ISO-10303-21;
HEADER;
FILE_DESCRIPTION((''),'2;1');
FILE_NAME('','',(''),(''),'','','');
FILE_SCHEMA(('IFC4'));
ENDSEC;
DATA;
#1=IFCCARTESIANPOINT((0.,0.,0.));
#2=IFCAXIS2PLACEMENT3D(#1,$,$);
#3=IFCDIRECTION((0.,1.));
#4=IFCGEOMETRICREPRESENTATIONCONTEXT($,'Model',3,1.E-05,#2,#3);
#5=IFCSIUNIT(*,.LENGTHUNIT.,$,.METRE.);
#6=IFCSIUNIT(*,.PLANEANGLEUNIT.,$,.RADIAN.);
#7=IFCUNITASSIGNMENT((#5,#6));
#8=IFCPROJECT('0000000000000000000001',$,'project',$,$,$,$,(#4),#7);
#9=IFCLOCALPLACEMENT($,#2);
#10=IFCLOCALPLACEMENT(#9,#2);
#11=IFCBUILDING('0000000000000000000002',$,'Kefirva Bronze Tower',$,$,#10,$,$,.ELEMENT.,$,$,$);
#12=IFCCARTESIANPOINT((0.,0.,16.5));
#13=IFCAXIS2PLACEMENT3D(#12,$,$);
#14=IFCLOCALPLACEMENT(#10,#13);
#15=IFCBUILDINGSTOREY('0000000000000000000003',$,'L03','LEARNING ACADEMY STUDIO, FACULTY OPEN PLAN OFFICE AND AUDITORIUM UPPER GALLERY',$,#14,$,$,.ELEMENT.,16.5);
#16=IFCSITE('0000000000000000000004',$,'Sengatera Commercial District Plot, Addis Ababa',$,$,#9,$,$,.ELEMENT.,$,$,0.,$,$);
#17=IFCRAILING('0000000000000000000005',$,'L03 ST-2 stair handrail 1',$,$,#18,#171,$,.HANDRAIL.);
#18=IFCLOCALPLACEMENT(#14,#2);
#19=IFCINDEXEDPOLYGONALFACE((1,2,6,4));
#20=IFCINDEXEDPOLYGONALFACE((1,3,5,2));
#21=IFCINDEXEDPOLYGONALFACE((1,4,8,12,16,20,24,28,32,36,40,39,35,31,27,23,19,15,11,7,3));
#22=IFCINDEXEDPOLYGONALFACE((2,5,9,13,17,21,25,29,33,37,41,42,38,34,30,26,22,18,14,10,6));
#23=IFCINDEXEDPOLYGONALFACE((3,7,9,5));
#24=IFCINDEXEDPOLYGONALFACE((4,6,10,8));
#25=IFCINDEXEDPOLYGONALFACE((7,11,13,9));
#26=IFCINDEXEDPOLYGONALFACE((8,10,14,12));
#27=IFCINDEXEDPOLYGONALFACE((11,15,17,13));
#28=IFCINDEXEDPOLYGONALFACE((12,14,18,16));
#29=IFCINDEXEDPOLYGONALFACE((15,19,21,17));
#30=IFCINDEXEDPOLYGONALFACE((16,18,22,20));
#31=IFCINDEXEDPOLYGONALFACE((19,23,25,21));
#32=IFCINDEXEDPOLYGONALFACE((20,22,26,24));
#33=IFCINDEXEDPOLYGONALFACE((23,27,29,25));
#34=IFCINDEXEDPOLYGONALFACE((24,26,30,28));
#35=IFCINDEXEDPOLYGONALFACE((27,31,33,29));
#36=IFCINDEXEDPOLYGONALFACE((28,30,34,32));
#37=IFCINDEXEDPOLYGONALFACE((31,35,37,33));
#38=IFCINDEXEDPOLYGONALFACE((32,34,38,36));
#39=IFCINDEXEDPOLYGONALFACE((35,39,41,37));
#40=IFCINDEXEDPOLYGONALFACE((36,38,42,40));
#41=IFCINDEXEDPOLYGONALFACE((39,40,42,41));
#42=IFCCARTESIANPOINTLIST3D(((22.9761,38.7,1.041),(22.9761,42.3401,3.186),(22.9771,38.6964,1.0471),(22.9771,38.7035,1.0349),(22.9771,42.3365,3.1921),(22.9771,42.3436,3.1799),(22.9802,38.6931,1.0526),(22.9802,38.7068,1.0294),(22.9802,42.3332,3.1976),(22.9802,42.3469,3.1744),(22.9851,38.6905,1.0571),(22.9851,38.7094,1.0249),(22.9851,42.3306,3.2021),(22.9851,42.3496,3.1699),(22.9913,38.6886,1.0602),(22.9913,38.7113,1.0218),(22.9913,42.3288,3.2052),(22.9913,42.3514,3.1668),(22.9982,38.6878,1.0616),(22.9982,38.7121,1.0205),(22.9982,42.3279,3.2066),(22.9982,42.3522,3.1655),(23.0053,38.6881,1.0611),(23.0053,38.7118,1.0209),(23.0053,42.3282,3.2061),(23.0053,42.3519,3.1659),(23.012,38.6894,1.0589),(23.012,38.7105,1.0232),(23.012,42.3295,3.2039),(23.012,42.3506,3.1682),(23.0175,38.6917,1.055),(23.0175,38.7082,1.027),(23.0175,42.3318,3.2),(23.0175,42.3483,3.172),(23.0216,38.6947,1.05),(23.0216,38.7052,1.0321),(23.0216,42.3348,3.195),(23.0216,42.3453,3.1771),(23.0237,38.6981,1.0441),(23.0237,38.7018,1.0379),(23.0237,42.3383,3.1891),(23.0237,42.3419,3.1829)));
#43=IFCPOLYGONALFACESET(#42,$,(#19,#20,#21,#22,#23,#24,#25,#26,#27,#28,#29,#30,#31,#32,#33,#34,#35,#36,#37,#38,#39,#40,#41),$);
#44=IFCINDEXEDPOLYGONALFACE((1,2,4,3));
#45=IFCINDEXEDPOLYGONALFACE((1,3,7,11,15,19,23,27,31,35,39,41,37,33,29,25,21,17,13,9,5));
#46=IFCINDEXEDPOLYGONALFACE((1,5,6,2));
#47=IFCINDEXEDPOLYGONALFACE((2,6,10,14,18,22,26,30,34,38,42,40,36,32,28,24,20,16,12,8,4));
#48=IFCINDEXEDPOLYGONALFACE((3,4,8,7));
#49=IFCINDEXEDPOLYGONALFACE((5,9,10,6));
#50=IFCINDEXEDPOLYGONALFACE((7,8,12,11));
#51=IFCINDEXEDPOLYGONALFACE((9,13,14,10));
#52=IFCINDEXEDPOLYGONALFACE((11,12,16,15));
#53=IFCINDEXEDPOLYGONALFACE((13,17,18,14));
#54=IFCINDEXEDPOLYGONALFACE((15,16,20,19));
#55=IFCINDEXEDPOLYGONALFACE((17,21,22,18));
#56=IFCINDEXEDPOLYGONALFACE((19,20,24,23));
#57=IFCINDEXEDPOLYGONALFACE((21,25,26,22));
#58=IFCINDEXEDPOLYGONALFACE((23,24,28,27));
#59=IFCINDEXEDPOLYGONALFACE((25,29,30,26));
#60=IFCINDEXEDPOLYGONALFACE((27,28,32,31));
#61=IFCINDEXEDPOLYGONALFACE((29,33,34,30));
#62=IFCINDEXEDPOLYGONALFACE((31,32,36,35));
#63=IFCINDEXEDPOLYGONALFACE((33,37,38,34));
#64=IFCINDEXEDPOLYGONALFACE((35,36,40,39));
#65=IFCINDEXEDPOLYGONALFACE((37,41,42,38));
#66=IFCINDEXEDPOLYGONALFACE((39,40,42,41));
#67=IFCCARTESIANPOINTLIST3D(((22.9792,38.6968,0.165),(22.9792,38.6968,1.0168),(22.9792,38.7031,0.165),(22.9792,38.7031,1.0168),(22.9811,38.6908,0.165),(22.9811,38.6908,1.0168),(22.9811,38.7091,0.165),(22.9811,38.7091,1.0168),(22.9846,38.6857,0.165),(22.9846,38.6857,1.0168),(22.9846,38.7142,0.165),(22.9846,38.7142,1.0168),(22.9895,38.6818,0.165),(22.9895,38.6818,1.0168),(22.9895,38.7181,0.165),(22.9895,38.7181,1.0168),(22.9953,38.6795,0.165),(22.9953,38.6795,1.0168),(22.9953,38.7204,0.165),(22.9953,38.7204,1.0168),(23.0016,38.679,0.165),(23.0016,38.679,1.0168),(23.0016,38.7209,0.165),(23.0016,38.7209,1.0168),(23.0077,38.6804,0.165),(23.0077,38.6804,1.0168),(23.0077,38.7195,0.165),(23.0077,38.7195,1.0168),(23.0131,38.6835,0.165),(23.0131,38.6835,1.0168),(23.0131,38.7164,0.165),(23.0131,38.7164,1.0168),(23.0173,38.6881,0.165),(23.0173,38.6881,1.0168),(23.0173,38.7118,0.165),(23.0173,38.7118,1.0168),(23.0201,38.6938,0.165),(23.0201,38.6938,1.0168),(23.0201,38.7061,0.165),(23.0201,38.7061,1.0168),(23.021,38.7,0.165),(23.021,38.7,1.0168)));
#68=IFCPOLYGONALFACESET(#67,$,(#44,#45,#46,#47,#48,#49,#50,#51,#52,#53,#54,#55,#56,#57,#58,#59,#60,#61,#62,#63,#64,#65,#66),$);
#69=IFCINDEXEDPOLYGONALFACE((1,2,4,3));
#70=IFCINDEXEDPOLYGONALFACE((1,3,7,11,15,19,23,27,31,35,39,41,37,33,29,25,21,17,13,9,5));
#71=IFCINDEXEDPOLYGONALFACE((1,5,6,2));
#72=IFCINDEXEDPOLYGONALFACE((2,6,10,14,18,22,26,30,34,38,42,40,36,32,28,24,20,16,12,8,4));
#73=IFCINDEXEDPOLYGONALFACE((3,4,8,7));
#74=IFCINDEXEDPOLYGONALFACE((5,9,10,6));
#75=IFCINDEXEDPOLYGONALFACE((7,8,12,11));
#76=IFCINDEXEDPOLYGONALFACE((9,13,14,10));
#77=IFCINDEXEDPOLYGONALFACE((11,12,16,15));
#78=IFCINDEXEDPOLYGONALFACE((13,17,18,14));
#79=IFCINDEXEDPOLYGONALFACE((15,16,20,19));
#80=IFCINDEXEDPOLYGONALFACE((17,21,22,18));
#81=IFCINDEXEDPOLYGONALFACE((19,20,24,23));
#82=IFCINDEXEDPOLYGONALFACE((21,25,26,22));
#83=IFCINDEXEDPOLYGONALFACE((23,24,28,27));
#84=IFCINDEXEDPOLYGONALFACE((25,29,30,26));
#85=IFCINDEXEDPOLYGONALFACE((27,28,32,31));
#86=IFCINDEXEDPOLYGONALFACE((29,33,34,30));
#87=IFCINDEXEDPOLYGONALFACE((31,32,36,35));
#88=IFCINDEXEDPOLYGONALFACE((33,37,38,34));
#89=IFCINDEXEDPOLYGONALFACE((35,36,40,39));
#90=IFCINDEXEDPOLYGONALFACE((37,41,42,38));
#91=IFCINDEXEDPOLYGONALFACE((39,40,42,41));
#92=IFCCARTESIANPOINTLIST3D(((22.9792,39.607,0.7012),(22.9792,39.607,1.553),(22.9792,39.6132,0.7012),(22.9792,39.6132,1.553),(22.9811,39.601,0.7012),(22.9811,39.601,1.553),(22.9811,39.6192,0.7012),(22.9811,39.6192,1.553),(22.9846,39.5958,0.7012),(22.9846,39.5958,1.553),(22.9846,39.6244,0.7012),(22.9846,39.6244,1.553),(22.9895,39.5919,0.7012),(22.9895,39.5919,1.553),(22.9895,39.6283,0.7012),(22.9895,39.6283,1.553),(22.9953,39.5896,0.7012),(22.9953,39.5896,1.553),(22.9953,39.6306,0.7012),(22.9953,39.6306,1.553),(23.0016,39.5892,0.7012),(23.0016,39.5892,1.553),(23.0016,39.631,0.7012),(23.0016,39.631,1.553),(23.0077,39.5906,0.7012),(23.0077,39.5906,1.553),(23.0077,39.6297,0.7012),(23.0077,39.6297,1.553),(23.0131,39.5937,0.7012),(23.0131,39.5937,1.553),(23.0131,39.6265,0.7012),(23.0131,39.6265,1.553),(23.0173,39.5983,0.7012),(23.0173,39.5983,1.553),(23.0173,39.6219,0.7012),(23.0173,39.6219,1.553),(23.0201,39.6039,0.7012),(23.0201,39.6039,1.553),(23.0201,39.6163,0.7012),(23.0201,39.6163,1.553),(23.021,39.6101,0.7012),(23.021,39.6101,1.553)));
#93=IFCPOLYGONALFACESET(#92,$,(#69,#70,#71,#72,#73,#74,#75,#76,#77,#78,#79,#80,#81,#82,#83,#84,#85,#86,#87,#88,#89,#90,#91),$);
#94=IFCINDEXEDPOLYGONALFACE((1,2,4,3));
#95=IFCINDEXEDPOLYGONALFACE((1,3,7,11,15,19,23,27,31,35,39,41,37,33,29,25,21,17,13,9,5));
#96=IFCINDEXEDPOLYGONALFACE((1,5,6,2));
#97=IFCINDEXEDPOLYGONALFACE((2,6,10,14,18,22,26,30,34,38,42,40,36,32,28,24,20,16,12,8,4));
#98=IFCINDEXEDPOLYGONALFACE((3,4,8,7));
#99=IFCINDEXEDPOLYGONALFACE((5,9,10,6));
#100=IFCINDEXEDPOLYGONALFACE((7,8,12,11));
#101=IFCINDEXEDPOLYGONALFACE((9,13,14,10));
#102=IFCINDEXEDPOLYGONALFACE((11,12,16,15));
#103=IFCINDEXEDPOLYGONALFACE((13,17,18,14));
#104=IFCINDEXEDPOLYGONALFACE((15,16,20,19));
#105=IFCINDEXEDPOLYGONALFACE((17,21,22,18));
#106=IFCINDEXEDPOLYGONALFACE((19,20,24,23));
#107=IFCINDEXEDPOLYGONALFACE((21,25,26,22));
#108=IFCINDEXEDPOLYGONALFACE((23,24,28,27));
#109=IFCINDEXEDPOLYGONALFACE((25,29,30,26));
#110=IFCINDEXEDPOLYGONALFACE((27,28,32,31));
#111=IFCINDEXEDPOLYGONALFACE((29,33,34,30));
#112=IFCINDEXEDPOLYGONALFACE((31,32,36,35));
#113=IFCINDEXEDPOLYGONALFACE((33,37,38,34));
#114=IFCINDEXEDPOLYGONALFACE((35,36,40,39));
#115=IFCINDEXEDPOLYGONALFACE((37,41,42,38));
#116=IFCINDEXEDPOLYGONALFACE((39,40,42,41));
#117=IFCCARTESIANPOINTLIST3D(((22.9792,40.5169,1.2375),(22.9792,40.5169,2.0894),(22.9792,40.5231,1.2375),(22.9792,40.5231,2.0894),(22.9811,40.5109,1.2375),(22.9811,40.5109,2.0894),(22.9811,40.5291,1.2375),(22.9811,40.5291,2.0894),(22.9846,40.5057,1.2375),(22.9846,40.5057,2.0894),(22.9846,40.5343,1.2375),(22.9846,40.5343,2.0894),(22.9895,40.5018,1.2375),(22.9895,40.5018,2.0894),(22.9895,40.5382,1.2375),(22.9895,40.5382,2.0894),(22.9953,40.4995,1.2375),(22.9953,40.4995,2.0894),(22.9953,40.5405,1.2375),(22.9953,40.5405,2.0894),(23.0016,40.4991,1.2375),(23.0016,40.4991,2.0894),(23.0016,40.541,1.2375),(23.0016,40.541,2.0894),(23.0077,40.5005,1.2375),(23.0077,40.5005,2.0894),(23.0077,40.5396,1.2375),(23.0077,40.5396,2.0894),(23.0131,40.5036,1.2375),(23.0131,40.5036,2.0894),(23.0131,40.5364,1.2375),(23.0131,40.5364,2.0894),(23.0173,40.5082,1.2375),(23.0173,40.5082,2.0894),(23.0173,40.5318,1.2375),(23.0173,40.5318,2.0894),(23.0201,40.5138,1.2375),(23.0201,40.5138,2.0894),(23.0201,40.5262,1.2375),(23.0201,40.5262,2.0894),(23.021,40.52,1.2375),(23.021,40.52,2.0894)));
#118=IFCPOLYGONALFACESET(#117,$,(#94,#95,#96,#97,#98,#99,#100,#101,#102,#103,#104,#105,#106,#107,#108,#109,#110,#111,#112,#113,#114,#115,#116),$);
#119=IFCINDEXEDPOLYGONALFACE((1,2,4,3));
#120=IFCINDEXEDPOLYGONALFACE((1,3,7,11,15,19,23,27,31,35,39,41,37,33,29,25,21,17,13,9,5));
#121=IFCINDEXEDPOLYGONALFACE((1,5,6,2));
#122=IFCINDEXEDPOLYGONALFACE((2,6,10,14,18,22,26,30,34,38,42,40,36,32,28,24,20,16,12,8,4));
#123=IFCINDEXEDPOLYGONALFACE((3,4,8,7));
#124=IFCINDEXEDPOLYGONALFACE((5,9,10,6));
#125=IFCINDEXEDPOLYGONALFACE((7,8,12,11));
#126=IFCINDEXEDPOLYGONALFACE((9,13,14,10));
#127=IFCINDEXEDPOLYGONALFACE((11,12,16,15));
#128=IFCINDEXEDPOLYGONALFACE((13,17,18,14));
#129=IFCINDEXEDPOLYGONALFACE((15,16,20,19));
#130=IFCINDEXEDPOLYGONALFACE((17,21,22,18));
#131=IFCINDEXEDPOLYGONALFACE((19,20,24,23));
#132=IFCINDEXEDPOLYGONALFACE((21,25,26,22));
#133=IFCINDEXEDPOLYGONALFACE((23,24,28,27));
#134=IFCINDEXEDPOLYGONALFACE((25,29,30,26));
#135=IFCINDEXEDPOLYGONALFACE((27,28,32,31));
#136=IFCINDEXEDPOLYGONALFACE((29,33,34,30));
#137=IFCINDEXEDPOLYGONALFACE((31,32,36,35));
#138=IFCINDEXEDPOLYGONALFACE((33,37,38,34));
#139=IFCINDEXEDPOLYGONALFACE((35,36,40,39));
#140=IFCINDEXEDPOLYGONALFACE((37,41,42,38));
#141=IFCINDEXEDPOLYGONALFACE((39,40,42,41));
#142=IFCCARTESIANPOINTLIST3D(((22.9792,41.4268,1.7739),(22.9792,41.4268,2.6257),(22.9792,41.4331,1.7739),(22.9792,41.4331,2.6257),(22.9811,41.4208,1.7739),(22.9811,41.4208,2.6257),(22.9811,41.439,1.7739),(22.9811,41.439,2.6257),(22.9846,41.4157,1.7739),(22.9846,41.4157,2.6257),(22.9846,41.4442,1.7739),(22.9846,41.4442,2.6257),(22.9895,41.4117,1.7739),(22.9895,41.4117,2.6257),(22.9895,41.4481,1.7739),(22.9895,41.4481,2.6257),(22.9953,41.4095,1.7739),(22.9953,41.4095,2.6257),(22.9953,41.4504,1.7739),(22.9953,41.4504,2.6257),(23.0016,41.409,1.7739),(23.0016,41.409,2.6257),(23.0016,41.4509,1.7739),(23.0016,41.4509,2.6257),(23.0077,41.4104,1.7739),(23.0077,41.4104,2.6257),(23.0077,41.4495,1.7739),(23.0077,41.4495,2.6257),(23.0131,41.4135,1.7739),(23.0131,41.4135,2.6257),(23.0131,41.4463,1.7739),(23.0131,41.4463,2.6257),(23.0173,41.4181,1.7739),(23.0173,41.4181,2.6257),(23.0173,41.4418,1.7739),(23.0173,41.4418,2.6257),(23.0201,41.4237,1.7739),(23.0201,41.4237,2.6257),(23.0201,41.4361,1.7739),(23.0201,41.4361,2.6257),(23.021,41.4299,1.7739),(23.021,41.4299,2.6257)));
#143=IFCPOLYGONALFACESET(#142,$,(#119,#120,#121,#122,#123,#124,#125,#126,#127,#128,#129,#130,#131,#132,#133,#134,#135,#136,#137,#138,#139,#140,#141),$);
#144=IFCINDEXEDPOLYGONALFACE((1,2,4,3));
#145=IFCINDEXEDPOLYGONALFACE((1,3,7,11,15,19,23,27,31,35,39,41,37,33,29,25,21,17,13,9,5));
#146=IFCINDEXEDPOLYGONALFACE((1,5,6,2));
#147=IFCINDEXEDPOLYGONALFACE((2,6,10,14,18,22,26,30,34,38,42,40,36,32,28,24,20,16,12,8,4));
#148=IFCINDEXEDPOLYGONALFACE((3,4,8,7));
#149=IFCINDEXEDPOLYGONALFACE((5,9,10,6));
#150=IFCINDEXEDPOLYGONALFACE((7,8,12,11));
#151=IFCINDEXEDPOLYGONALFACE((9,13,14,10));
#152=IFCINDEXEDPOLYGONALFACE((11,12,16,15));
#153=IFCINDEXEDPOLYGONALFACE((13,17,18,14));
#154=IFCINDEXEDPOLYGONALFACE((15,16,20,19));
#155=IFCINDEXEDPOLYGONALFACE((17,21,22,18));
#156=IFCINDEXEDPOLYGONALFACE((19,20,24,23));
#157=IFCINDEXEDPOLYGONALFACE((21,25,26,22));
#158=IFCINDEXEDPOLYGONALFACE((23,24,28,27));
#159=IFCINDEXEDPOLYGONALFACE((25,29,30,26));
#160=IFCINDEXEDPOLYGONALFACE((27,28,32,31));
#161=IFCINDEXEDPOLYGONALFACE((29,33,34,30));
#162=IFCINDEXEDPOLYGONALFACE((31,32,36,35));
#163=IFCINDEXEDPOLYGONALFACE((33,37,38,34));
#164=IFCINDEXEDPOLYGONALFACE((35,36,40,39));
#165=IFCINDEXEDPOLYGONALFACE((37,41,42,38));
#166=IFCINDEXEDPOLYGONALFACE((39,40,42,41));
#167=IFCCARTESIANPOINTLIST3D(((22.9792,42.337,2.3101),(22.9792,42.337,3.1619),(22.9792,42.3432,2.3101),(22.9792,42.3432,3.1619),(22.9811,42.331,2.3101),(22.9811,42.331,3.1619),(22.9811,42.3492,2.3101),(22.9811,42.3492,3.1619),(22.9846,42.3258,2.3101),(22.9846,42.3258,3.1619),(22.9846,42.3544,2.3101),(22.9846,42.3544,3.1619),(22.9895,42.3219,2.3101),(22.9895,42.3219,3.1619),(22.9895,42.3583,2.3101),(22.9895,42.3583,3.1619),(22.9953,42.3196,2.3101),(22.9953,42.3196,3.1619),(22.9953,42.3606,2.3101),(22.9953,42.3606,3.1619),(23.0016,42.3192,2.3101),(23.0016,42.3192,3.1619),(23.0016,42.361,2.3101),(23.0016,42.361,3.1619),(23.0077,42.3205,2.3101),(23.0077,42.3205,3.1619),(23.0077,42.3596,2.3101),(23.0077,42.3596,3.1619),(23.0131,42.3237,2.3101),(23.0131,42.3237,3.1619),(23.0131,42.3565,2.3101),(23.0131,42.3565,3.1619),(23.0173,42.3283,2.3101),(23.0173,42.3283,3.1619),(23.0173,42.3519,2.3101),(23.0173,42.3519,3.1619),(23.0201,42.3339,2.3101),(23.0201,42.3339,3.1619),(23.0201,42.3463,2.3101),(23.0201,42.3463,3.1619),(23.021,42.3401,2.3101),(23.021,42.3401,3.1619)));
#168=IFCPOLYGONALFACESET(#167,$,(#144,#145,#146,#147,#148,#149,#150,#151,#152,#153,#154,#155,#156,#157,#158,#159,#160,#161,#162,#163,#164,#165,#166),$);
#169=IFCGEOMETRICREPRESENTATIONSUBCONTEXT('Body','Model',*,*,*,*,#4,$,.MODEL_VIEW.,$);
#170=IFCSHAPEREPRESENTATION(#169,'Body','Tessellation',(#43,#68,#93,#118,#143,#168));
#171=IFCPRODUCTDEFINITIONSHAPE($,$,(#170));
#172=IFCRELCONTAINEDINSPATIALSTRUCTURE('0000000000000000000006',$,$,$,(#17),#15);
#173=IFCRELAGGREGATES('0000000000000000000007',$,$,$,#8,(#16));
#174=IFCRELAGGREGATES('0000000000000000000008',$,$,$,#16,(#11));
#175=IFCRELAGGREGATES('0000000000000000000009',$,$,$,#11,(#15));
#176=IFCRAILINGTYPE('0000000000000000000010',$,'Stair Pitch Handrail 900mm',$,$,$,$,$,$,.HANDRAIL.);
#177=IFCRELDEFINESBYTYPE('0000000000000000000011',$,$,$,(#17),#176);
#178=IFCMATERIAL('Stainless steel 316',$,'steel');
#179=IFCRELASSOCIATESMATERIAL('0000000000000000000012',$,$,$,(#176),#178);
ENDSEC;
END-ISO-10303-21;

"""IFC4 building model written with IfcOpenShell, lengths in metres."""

from ifc_helpers import new_model, si_unit, direction, frame, origin, origin_2d, place, context, subcontext, project, spatial, circle, extrude, material, type_object, element, save


model = new_model("IFC4")

# Units and contexts
model_context = context("Model", 3, precision=1e-05, world=origin(), true_north=direction((0.0, 1.0)))
body_context = subcontext(model_context, "Body", "Model", "MODEL_VIEW")
ifc_project = project(units=[si_unit("LENGTHUNIT", "METRE"), si_unit("PLANEANGLEUNIT", "RADIAN")], contexts=[model_context])

# Site, building, storey
site_placement = place(None, origin())
site = spatial("IfcSite", under=ifc_project, at=site_placement, Name="Sengatera Commercial District Plot, Addis Ababa", CompositionType="ELEMENT", RefElevation=0.0)
building_placement = place(site_placement, origin())
building = spatial("IfcBuilding", under=site, at=building_placement, Name="Kefirva Bronze Tower", CompositionType="ELEMENT")
storey_placement = place(building_placement, frame((0.0, 0.0, 16.5)))
storey = spatial("IfcBuildingStorey", under=building, at=storey_placement, Name="L03", Description="LEARNING ACADEMY STUDIO, FACULTY OPEN PLAN OFFICE AND AUDITORIUM UPPER GALLERY", CompositionType="ELEMENT", Elevation=16.5)

# Railing
ifc_material_1 = material(Name="Stainless steel 316", Category="steel")
railing_type_1 = type_object("IfcRailingType", Name="Stair Pitch Handrail 900mm", PredefinedType="HANDRAIL", material=ifc_material_1)
railing_1_placement = place(storey_placement, frame((23.0, 38.7, 0.165)))
element("IfcRailing", 1, at=railing_1_placement, inside=storey, type_object=railing_type_1, Name="L03 ST-2 stair handrail 1", PredefinedType="HANDRAIL", context=body_context, shape_type="SweptSolid", body=[
    extrude(circle(Radius=0.0239, at=origin_2d()), frame((0.0, 0.0, 0.876), z_axis=(0.0, 0.861545, 0.507682), x_axis=(-1.0, 0.0, 0.0)), (0.0, 0.0, 1.0), 4.2251),
    extrude(circle(Radius=0.021, at=origin_2d()), origin(), (0.0, 0.0, 1.0), 0.8518),
    extrude(circle(Radius=0.021, at=origin_2d()), frame((0.0, 0.9102, 0.5361)), (0.0, 0.0, 1.0), 0.8518),
    extrude(circle(Radius=0.021, at=origin_2d()), frame((0.0, 1.8201, 1.0725)), (0.0, 0.0, 1.0), 0.8518),
    extrude(circle(Radius=0.021, at=origin_2d()), frame((0.0, 2.73, 1.6089)), (0.0, 0.0, 1.0), 0.8518),
    extrude(circle(Radius=0.021, at=origin_2d()), frame((0.0, 3.6401, 2.145)), (0.0, 0.0, 1.0), 0.8518),
])

save(model, "model.ifc")
